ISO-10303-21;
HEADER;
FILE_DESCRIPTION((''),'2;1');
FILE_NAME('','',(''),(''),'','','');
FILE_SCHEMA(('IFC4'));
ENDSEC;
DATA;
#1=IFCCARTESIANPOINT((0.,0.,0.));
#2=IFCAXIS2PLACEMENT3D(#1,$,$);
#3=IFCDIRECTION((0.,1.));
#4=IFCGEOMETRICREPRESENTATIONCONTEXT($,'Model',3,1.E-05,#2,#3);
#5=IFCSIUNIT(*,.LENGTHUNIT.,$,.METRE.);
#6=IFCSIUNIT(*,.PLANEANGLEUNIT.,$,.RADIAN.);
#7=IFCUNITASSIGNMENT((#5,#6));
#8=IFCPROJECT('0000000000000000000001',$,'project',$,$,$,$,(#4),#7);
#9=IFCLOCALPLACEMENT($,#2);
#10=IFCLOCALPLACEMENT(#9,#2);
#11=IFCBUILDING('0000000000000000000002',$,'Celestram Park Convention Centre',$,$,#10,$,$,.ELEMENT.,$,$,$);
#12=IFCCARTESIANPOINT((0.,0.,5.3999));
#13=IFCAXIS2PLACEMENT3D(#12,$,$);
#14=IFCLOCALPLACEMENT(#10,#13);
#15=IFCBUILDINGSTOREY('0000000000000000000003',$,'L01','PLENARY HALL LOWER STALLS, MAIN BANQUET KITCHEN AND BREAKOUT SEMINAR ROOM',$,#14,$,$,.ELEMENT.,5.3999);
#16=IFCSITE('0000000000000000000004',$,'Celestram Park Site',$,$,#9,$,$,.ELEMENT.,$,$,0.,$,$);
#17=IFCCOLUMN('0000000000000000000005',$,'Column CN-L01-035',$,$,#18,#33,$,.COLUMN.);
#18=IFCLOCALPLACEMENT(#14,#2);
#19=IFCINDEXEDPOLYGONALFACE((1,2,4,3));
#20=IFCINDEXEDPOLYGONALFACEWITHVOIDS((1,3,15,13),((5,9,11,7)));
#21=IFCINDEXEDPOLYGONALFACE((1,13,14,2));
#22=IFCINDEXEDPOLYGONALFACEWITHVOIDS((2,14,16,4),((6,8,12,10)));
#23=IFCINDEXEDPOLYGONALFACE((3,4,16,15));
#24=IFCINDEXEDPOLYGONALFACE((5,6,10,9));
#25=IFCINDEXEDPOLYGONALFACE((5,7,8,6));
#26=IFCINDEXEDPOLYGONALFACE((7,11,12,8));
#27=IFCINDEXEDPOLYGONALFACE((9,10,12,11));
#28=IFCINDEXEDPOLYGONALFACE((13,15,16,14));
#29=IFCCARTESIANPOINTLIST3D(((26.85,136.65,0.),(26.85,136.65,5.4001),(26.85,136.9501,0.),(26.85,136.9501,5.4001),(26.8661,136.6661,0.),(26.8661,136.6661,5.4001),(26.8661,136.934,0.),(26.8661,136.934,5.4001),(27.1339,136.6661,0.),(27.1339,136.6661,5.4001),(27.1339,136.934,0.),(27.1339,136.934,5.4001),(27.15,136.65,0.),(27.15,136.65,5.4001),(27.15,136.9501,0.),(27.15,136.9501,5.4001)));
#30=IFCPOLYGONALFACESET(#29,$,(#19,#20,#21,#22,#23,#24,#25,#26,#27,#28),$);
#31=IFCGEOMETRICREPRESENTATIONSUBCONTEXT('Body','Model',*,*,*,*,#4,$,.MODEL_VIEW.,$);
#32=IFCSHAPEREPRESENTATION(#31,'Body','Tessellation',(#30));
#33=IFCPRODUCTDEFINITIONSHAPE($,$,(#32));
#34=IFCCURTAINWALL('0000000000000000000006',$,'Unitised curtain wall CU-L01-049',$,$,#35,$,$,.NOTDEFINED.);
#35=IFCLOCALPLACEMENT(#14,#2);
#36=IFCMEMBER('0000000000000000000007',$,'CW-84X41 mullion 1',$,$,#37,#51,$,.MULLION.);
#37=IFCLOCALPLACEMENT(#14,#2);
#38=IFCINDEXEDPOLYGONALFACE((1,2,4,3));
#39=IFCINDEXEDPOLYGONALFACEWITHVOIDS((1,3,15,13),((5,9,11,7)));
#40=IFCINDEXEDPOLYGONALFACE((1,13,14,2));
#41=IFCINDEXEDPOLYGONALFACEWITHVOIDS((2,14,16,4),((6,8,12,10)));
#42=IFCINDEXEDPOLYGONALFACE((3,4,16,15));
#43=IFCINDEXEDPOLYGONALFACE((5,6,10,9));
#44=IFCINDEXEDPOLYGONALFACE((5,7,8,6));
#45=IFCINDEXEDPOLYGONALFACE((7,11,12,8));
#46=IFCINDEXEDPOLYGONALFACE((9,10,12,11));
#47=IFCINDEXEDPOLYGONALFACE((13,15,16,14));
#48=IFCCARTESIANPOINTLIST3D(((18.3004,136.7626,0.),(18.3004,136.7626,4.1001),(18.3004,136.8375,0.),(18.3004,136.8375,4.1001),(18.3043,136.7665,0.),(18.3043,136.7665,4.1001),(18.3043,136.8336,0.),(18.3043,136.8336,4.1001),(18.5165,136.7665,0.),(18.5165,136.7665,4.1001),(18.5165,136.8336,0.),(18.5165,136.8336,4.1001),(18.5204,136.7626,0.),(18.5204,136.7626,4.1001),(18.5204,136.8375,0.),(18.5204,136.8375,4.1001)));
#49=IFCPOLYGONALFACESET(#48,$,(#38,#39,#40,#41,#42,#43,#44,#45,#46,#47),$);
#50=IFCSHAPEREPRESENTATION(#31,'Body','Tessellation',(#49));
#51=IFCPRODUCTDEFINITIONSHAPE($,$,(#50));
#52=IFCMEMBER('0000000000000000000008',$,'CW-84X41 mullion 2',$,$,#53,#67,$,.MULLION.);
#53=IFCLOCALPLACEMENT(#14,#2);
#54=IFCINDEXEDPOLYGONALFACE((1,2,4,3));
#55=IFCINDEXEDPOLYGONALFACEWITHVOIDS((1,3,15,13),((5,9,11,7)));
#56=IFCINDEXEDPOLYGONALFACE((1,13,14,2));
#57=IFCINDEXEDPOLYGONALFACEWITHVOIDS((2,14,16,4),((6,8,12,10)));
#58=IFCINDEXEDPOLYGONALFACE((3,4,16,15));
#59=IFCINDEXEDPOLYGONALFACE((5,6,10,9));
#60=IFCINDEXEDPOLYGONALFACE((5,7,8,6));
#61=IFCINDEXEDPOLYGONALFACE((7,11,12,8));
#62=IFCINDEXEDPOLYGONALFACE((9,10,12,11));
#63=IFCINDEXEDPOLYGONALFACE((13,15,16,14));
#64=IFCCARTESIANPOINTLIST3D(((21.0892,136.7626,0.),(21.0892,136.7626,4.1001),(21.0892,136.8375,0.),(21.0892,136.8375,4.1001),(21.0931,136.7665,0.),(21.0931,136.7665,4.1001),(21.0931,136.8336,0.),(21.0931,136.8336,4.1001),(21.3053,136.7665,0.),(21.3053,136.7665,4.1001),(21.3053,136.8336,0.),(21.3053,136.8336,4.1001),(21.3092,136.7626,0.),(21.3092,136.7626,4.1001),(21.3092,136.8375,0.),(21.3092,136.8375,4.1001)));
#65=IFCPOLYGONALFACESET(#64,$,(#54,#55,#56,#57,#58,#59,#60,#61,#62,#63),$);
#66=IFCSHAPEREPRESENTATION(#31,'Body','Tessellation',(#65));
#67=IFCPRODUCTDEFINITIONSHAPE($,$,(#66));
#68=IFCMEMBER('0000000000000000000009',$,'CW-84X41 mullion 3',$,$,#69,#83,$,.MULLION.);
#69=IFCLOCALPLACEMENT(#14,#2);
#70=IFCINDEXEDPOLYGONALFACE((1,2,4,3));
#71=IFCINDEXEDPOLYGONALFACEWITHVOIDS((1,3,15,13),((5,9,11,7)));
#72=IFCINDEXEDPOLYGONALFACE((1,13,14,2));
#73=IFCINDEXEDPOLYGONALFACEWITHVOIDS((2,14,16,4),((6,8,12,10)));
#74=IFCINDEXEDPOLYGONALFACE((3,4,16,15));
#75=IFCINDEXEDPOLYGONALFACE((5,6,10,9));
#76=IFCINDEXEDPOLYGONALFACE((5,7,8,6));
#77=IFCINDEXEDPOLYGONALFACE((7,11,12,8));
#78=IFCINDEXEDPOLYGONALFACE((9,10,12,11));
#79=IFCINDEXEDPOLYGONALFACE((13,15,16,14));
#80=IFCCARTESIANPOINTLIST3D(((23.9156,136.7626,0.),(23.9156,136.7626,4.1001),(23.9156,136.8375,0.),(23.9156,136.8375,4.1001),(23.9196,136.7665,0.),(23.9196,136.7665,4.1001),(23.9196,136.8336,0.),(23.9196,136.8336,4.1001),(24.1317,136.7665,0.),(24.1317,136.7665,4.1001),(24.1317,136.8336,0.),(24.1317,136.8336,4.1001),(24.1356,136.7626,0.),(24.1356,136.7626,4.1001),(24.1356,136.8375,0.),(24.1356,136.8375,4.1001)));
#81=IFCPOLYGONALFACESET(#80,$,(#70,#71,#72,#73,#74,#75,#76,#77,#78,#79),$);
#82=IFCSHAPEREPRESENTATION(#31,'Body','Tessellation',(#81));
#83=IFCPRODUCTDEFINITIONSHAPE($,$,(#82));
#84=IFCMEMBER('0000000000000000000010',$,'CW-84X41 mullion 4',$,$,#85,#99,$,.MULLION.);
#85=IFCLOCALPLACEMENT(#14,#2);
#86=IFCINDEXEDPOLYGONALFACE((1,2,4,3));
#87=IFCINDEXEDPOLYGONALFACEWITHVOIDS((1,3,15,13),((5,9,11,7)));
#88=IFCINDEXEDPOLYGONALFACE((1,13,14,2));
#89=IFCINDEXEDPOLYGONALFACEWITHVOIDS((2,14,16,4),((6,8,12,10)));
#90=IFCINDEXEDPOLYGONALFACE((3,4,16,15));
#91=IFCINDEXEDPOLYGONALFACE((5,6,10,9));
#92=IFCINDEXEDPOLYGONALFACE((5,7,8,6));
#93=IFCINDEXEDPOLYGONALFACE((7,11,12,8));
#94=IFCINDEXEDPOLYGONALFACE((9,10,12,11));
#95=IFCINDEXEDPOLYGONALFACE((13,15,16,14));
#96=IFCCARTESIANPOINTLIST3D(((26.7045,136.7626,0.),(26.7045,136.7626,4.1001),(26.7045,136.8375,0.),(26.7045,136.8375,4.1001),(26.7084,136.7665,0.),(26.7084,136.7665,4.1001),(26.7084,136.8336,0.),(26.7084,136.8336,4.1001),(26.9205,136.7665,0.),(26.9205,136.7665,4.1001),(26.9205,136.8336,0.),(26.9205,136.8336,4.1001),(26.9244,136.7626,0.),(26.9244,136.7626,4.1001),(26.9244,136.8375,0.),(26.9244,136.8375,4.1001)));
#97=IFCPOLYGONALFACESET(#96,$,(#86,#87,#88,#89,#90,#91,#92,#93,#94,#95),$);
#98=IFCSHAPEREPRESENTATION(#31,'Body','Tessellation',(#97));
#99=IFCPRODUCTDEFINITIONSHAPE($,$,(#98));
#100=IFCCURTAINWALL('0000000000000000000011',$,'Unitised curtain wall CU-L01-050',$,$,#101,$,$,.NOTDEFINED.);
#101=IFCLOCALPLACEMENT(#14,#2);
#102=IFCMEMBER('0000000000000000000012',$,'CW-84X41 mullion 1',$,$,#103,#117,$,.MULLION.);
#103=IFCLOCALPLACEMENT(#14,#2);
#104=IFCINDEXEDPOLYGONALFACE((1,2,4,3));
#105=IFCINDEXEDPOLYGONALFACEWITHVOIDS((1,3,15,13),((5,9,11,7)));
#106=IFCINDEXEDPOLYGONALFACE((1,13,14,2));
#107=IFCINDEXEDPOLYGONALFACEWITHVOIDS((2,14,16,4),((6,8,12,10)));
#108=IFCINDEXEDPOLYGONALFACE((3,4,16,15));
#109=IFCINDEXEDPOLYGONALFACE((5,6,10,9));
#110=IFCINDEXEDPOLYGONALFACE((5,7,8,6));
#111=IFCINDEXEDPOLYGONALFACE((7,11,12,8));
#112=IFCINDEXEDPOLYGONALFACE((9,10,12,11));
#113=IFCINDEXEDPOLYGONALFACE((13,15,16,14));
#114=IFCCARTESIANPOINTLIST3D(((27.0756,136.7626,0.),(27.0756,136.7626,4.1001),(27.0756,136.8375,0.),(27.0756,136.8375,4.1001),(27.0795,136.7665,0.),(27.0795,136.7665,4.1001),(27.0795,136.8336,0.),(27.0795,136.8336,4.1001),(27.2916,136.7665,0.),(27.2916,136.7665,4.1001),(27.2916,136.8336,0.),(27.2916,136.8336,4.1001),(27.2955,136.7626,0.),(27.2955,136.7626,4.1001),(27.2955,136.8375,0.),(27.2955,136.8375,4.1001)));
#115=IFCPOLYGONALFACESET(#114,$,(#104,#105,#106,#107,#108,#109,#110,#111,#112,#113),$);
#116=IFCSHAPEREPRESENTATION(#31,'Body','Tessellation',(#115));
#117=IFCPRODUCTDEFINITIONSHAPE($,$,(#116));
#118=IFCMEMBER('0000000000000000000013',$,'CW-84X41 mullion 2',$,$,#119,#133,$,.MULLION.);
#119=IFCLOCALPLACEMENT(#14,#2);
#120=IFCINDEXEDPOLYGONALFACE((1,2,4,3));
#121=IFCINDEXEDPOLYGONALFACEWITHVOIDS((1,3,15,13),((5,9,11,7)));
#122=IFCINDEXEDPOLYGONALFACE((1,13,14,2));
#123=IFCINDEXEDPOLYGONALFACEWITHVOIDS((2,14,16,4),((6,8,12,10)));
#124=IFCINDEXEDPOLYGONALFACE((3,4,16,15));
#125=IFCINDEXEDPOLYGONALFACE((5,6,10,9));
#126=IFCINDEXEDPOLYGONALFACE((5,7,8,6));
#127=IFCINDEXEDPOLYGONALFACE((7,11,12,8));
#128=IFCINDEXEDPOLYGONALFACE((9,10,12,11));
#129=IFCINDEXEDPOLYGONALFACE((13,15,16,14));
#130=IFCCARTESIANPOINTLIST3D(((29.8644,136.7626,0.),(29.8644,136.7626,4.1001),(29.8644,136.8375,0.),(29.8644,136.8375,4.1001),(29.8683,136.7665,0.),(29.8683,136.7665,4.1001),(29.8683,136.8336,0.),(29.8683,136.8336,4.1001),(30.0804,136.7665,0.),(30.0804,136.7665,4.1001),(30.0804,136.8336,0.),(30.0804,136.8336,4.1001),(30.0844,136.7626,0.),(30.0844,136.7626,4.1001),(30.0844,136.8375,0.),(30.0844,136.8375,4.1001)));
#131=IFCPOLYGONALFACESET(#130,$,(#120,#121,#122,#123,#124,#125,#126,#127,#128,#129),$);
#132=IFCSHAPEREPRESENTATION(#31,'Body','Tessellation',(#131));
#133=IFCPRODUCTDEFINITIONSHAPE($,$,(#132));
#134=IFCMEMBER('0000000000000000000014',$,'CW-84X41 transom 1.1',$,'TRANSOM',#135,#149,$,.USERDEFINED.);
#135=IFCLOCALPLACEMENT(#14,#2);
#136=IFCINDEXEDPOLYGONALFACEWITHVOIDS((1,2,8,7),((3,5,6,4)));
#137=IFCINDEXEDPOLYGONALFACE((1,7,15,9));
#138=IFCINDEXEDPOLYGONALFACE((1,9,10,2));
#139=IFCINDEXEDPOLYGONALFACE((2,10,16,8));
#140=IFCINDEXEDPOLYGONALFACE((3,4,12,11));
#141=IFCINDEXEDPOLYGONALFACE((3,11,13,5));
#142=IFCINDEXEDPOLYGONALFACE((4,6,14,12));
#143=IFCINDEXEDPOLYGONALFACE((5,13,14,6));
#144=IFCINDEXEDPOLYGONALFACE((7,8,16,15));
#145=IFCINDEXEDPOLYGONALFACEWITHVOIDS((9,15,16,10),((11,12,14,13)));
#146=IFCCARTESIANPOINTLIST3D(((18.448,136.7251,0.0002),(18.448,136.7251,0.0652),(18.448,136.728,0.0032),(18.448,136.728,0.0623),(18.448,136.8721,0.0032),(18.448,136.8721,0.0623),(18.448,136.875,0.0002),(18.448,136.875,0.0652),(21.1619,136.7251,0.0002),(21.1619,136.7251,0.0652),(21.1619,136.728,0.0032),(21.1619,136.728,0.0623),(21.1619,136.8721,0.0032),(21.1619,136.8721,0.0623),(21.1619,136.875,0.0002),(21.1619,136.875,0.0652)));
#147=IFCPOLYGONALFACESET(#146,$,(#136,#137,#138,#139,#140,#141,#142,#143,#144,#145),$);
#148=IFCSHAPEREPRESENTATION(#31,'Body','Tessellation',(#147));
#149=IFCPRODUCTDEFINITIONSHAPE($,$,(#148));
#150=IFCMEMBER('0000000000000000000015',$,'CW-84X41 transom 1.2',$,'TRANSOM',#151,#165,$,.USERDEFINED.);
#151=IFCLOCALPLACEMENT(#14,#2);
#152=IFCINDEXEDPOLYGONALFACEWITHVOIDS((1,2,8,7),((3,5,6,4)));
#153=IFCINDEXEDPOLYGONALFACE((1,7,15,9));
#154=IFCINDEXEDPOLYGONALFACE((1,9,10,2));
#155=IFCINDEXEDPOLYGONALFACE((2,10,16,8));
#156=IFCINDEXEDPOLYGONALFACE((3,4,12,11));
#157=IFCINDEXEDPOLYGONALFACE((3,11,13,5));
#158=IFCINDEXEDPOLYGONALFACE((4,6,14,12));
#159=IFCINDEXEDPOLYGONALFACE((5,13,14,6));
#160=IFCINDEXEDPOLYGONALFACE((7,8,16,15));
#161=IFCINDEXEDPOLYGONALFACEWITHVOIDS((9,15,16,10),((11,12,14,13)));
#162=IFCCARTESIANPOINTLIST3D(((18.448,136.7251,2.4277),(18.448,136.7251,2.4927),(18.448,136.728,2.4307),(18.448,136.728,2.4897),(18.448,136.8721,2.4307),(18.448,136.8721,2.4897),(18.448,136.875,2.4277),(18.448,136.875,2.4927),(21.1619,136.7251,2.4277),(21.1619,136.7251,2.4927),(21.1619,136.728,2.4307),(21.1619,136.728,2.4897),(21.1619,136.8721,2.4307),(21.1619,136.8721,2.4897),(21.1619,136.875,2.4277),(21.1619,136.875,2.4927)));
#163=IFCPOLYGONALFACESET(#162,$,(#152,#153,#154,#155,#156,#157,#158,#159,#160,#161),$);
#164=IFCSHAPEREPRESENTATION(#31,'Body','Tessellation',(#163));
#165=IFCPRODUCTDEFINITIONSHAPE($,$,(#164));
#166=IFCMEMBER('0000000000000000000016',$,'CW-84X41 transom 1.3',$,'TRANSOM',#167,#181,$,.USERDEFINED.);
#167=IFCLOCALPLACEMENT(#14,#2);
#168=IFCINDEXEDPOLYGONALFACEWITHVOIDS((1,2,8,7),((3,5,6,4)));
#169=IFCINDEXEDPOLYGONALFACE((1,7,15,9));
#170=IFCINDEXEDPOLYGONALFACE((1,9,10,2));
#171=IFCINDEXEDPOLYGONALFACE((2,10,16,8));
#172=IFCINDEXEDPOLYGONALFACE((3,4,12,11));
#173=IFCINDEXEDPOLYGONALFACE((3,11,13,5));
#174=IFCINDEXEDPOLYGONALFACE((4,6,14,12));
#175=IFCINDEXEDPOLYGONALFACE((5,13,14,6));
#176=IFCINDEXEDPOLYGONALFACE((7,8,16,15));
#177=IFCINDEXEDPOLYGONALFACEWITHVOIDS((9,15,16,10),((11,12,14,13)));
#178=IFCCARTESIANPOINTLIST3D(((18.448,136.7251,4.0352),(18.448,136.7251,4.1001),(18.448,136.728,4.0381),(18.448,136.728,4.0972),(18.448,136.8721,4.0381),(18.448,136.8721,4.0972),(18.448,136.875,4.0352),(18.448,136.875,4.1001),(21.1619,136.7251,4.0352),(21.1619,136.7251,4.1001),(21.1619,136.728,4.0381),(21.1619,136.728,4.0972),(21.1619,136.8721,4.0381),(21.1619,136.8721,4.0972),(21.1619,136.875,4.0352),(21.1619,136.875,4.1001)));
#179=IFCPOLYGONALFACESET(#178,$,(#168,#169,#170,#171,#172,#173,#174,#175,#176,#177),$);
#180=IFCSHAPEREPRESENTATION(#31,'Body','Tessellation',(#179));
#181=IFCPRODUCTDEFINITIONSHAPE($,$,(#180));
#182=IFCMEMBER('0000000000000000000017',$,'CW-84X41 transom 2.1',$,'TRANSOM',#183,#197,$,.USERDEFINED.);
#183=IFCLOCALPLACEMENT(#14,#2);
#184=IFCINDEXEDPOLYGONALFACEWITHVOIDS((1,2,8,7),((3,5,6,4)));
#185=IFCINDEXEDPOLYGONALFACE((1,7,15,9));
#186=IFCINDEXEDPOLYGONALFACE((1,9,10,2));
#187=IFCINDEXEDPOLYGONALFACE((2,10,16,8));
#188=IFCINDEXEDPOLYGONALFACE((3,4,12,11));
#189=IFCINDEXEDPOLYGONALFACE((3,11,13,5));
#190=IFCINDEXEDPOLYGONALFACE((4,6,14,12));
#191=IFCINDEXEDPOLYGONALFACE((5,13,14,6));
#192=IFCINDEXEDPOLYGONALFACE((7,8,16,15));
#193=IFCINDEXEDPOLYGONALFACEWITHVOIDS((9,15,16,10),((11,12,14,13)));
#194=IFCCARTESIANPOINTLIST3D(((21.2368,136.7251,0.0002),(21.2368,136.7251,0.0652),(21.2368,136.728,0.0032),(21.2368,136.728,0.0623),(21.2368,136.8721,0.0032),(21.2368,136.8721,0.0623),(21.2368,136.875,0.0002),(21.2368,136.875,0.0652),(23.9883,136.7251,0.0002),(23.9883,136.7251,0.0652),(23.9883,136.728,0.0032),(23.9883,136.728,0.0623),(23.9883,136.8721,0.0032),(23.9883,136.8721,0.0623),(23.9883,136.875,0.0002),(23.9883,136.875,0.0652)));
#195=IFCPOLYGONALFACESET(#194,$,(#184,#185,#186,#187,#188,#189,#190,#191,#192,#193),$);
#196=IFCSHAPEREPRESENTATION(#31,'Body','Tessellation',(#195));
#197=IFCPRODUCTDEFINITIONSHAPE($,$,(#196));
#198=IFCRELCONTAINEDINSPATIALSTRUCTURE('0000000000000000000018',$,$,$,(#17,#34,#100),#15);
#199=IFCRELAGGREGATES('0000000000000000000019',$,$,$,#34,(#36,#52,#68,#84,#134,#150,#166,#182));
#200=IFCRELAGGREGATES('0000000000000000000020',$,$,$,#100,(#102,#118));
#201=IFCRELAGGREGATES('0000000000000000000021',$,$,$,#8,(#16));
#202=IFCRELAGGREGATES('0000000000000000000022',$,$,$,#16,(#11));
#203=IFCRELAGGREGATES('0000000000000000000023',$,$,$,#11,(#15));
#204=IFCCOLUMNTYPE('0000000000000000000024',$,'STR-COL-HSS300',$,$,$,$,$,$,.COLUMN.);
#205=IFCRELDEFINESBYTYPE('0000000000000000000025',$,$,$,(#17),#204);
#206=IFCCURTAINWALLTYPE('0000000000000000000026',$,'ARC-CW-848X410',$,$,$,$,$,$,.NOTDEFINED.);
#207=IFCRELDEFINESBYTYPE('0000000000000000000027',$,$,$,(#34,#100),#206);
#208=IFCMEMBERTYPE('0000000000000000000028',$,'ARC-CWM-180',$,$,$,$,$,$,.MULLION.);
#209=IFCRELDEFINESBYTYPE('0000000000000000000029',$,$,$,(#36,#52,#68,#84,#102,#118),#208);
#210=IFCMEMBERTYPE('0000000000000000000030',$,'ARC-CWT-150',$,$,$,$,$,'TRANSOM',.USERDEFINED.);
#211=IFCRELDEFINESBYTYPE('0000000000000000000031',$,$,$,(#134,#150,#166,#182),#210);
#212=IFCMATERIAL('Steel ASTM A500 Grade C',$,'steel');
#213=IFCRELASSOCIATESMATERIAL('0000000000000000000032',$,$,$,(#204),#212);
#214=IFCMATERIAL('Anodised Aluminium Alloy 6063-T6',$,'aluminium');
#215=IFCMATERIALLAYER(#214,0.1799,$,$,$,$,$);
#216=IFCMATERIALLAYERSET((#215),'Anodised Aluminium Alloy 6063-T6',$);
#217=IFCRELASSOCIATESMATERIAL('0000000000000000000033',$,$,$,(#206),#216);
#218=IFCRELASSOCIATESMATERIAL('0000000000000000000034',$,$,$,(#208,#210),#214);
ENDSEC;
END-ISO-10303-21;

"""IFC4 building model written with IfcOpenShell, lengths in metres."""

from ifc_helpers import new_model, si_unit, direction, frame, origin, origin_2d, place, context, subcontext, project, spatial, hollow_rectangle, extrude, material, layer, layer_set, material_profile, profile_set, type_object, element, aggregate, save


model = new_model("IFC4")

# Units and contexts
model_context = context("Model", 3, precision=1e-05, world=origin(), true_north=direction((0.0, 1.0)))
body_context = subcontext(model_context, "Body", "Model", "MODEL_VIEW")
ifc_project = project(units=[si_unit("LENGTHUNIT", "METRE"), si_unit("PLANEANGLEUNIT", "RADIAN")], contexts=[model_context])

# Site, building, storey
site_placement = place(None, origin())
site = spatial("IfcSite", under=ifc_project, at=site_placement, Name="Celestram Park Site", CompositionType="ELEMENT", RefElevation=0.0)
building_placement = place(site_placement, origin())
building = spatial("IfcBuilding", under=site, at=building_placement, Name="Celestram Park Convention Centre", CompositionType="ELEMENT")
storey_placement = place(building_placement, frame((0.0, 0.0, 5.3999)))
storey = spatial("IfcBuildingStorey", under=building, at=storey_placement, Name="L01", Description="PLENARY HALL LOWER STALLS, MAIN BANQUET KITCHEN AND BREAKOUT SEMINAR ROOM", CompositionType="ELEMENT", Elevation=5.3999)

# Column
ifc_material_1 = material(Name="Steel ASTM A500 Grade C", Category="steel")
ifc_material_profile_1 = material_profile(ifc_material_1, hollow_rectangle(XDim=0.3, YDim=0.3, WallThickness=0.0161, at=origin_2d()), Name="HSS300X300X16")
ifc_profile_set_1 = profile_set([ifc_material_profile_1], Name="Steel ASTM A500 Grade C")
column_type = type_object("IfcColumnType", Name="STR-COL-HSS300", PredefinedType="COLUMN", material=ifc_profile_set_1)
column_placement = place(storey_placement, frame((27.0, 136.8, 0.0), z_axis=(0.0, 0.0, 1.0), x_axis=(1.0, 0.0, 0.0)))
element("IfcColumn", 1, at=column_placement, inside=storey, type_object=column_type, Name="Column CN-L01-035", PredefinedType="COLUMN", context=body_context, shape_type="SweptSolid", body=[
    extrude(hollow_rectangle(XDim=0.3, YDim=0.3, WallThickness=0.0161, at=origin_2d()), origin(), (0.0, 0.0, 1.0), 5.4001),
])

# Curtain walls, members
ifc_material_2 = material(Name="Anodised Aluminium Alloy 6063-T6", Category="aluminium")
ifc_layer_1 = layer(ifc_material_2, 0.1799)
ifc_layer_set_1 = layer_set([ifc_layer_1], Name="Anodised Aluminium Alloy 6063-T6")
curtain_wall_type = type_object("IfcCurtainWallType", Name="ARC-CW-848X410", PredefinedType="NOTDEFINED", material=ifc_layer_set_1)
curtain_wall_1_placement = place(storey_placement, origin())
curtain_wall_1 = element("IfcCurtainWall", 2, at=curtain_wall_1_placement, inside=storey, type_object=curtain_wall_type, Name="Unitised curtain wall CU-L01-049", PredefinedType="NOTDEFINED")
ifc_material_profile_2 = material_profile(ifc_material_2, hollow_rectangle(XDim=0.075, YDim=0.22, WallThickness=0.0039, at=origin_2d()), Name="ALU75X220X4")
ifc_profile_set_2 = profile_set([ifc_material_profile_2], Name="Anodised Aluminium Alloy 6063-T6")
member_type_1 = type_object("IfcMemberType", Name="ARC-CWM-180", PredefinedType="MULLION", material=ifc_profile_set_2)
member_1_placement = place(storey_placement, frame((18.4104, 136.8, 0.0), z_axis=(0.0, 0.0, 1.0), x_axis=(0.0, 1.0, 0.0)))
member_1 = element("IfcMember", 3, at=member_1_placement, type_object=member_type_1, Name="CW-84X41 mullion 1", PredefinedType="MULLION", context=body_context, shape_type="SweptSolid", body=[
    extrude(hollow_rectangle(XDim=0.075, YDim=0.22, WallThickness=0.0039, at=origin_2d()), origin(), (0.0, 0.0, 1.0), 4.1001),
])
member_2_placement = place(storey_placement, frame((21.1992, 136.8, 0.0), z_axis=(0.0, 0.0, 1.0), x_axis=(0.0, 1.0, 0.0)))
member_2 = element("IfcMember", 4, at=member_2_placement, type_object=member_type_1, Name="CW-84X41 mullion 2", PredefinedType="MULLION", context=body_context, shape_type="SweptSolid", body=[
    extrude(hollow_rectangle(XDim=0.075, YDim=0.22, WallThickness=0.0039, at=origin_2d()), origin(), (0.0, 0.0, 1.0), 4.1001),
])
member_3_placement = place(storey_placement, frame((24.0256, 136.8, 0.0), z_axis=(0.0, 0.0, 1.0), x_axis=(0.0, 1.0, 0.0)))
member_3 = element("IfcMember", 5, at=member_3_placement, type_object=member_type_1, Name="CW-84X41 mullion 3", PredefinedType="MULLION", context=body_context, shape_type="SweptSolid", body=[
    extrude(hollow_rectangle(XDim=0.075, YDim=0.22, WallThickness=0.0039, at=origin_2d()), origin(), (0.0, 0.0, 1.0), 4.1001),
])
member_4_placement = place(storey_placement, frame((26.8145, 136.8, 0.0), z_axis=(0.0, 0.0, 1.0), x_axis=(0.0, 1.0, 0.0)))
member_4 = element("IfcMember", 6, at=member_4_placement, type_object=member_type_1, Name="CW-84X41 mullion 4", PredefinedType="MULLION", context=body_context, shape_type="SweptSolid", body=[
    extrude(hollow_rectangle(XDim=0.075, YDim=0.22, WallThickness=0.0039, at=origin_2d()), origin(), (0.0, 0.0, 1.0), 4.1001),
])
curtain_wall_2_placement = place(storey_placement, origin())
curtain_wall_2 = element("IfcCurtainWall", 7, at=curtain_wall_2_placement, inside=storey, type_object=curtain_wall_type, Name="Unitised curtain wall CU-L01-050", PredefinedType="NOTDEFINED")
member_5_placement = place(storey_placement, frame((27.1855, 136.8, 0.0), z_axis=(0.0, 0.0, 1.0), x_axis=(0.0, 1.0, 0.0)))
member_5 = element("IfcMember", 8, at=member_5_placement, type_object=member_type_1, Name="CW-84X41 mullion 1", PredefinedType="MULLION", context=body_context, shape_type="SweptSolid", body=[
    extrude(hollow_rectangle(XDim=0.075, YDim=0.22, WallThickness=0.0039, at=origin_2d()), origin(), (0.0, 0.0, 1.0), 4.1001),
])
member_6_placement = place(storey_placement, frame((29.9744, 136.8, 0.0), z_axis=(0.0, 0.0, 1.0), x_axis=(0.0, 1.0, 0.0)))
member_6 = element("IfcMember", 9, at=member_6_placement, type_object=member_type_1, Name="CW-84X41 mullion 2", PredefinedType="MULLION", context=body_context, shape_type="SweptSolid", body=[
    extrude(hollow_rectangle(XDim=0.075, YDim=0.22, WallThickness=0.0039, at=origin_2d()), origin(), (0.0, 0.0, 1.0), 4.1001),
])

# Members
ifc_material_profile_3 = material_profile(ifc_material_2, hollow_rectangle(XDim=0.1499, YDim=0.0649, WallThickness=0.0029, at=origin_2d()), Name="ALU150X65X3")
ifc_profile_set_3 = profile_set([ifc_material_profile_3], Name="Anodised Aluminium Alloy 6063-T6")
member_type_2 = type_object("IfcMemberType", Name="ARC-CWT-150", ElementType="TRANSOM", PredefinedType="USERDEFINED", material=ifc_profile_set_3)
member_7_placement = place(storey_placement, frame((18.448, 136.8, 0.0327), z_axis=(1.0, 0.0, 0.0), x_axis=(0.0, 1.0, 0.0)))
member_7 = element("IfcMember", 10, at=member_7_placement, type_object=member_type_2, Name="CW-84X41 transom 1.1", ObjectType="TRANSOM", PredefinedType="USERDEFINED", context=body_context, shape_type="SweptSolid", body=[
    extrude(hollow_rectangle(XDim=0.1499, YDim=0.0649, WallThickness=0.0029, at=origin_2d()), origin(), (0.0, 0.0, 1.0), 2.7139),
])
member_8_placement = place(storey_placement, frame((18.448, 136.8, 2.4602), z_axis=(1.0, 0.0, 0.0), x_axis=(0.0, 1.0, 0.0)))
member_8 = element("IfcMember", 11, at=member_8_placement, type_object=member_type_2, Name="CW-84X41 transom 1.2", ObjectType="TRANSOM", PredefinedType="USERDEFINED", context=body_context, shape_type="SweptSolid", body=[
    extrude(hollow_rectangle(XDim=0.1499, YDim=0.0649, WallThickness=0.0029, at=origin_2d()), origin(), (0.0, 0.0, 1.0), 2.7139),
])
member_9_placement = place(storey_placement, frame((18.448, 136.8, 4.0676), z_axis=(1.0, 0.0, 0.0), x_axis=(0.0, 1.0, 0.0)))
member_9 = element("IfcMember", 12, at=member_9_placement, type_object=member_type_2, Name="CW-84X41 transom 1.3", ObjectType="TRANSOM", PredefinedType="USERDEFINED", context=body_context, shape_type="SweptSolid", body=[
    extrude(hollow_rectangle(XDim=0.1499, YDim=0.0649, WallThickness=0.0029, at=origin_2d()), origin(), (0.0, 0.0, 1.0), 2.7139),
])
member_10_placement = place(storey_placement, frame((21.2368, 136.8, 0.0327), z_axis=(1.0, 0.0, 0.0), x_axis=(0.0, 1.0, 0.0)))
member_10 = element("IfcMember", 13, at=member_10_placement, type_object=member_type_2, Name="CW-84X41 transom 2.1", ObjectType="TRANSOM", PredefinedType="USERDEFINED", context=body_context, shape_type="SweptSolid", body=[
    extrude(hollow_rectangle(XDim=0.1499, YDim=0.0649, WallThickness=0.0029, at=origin_2d()), origin(), (0.0, 0.0, 1.0), 2.7515),
])

aggregate(curtain_wall_1, [member_1, member_2, member_3, member_4, member_7, member_8, member_9, member_10])
aggregate(curtain_wall_2, [member_5, member_6])

save(model, "model.ifc")
